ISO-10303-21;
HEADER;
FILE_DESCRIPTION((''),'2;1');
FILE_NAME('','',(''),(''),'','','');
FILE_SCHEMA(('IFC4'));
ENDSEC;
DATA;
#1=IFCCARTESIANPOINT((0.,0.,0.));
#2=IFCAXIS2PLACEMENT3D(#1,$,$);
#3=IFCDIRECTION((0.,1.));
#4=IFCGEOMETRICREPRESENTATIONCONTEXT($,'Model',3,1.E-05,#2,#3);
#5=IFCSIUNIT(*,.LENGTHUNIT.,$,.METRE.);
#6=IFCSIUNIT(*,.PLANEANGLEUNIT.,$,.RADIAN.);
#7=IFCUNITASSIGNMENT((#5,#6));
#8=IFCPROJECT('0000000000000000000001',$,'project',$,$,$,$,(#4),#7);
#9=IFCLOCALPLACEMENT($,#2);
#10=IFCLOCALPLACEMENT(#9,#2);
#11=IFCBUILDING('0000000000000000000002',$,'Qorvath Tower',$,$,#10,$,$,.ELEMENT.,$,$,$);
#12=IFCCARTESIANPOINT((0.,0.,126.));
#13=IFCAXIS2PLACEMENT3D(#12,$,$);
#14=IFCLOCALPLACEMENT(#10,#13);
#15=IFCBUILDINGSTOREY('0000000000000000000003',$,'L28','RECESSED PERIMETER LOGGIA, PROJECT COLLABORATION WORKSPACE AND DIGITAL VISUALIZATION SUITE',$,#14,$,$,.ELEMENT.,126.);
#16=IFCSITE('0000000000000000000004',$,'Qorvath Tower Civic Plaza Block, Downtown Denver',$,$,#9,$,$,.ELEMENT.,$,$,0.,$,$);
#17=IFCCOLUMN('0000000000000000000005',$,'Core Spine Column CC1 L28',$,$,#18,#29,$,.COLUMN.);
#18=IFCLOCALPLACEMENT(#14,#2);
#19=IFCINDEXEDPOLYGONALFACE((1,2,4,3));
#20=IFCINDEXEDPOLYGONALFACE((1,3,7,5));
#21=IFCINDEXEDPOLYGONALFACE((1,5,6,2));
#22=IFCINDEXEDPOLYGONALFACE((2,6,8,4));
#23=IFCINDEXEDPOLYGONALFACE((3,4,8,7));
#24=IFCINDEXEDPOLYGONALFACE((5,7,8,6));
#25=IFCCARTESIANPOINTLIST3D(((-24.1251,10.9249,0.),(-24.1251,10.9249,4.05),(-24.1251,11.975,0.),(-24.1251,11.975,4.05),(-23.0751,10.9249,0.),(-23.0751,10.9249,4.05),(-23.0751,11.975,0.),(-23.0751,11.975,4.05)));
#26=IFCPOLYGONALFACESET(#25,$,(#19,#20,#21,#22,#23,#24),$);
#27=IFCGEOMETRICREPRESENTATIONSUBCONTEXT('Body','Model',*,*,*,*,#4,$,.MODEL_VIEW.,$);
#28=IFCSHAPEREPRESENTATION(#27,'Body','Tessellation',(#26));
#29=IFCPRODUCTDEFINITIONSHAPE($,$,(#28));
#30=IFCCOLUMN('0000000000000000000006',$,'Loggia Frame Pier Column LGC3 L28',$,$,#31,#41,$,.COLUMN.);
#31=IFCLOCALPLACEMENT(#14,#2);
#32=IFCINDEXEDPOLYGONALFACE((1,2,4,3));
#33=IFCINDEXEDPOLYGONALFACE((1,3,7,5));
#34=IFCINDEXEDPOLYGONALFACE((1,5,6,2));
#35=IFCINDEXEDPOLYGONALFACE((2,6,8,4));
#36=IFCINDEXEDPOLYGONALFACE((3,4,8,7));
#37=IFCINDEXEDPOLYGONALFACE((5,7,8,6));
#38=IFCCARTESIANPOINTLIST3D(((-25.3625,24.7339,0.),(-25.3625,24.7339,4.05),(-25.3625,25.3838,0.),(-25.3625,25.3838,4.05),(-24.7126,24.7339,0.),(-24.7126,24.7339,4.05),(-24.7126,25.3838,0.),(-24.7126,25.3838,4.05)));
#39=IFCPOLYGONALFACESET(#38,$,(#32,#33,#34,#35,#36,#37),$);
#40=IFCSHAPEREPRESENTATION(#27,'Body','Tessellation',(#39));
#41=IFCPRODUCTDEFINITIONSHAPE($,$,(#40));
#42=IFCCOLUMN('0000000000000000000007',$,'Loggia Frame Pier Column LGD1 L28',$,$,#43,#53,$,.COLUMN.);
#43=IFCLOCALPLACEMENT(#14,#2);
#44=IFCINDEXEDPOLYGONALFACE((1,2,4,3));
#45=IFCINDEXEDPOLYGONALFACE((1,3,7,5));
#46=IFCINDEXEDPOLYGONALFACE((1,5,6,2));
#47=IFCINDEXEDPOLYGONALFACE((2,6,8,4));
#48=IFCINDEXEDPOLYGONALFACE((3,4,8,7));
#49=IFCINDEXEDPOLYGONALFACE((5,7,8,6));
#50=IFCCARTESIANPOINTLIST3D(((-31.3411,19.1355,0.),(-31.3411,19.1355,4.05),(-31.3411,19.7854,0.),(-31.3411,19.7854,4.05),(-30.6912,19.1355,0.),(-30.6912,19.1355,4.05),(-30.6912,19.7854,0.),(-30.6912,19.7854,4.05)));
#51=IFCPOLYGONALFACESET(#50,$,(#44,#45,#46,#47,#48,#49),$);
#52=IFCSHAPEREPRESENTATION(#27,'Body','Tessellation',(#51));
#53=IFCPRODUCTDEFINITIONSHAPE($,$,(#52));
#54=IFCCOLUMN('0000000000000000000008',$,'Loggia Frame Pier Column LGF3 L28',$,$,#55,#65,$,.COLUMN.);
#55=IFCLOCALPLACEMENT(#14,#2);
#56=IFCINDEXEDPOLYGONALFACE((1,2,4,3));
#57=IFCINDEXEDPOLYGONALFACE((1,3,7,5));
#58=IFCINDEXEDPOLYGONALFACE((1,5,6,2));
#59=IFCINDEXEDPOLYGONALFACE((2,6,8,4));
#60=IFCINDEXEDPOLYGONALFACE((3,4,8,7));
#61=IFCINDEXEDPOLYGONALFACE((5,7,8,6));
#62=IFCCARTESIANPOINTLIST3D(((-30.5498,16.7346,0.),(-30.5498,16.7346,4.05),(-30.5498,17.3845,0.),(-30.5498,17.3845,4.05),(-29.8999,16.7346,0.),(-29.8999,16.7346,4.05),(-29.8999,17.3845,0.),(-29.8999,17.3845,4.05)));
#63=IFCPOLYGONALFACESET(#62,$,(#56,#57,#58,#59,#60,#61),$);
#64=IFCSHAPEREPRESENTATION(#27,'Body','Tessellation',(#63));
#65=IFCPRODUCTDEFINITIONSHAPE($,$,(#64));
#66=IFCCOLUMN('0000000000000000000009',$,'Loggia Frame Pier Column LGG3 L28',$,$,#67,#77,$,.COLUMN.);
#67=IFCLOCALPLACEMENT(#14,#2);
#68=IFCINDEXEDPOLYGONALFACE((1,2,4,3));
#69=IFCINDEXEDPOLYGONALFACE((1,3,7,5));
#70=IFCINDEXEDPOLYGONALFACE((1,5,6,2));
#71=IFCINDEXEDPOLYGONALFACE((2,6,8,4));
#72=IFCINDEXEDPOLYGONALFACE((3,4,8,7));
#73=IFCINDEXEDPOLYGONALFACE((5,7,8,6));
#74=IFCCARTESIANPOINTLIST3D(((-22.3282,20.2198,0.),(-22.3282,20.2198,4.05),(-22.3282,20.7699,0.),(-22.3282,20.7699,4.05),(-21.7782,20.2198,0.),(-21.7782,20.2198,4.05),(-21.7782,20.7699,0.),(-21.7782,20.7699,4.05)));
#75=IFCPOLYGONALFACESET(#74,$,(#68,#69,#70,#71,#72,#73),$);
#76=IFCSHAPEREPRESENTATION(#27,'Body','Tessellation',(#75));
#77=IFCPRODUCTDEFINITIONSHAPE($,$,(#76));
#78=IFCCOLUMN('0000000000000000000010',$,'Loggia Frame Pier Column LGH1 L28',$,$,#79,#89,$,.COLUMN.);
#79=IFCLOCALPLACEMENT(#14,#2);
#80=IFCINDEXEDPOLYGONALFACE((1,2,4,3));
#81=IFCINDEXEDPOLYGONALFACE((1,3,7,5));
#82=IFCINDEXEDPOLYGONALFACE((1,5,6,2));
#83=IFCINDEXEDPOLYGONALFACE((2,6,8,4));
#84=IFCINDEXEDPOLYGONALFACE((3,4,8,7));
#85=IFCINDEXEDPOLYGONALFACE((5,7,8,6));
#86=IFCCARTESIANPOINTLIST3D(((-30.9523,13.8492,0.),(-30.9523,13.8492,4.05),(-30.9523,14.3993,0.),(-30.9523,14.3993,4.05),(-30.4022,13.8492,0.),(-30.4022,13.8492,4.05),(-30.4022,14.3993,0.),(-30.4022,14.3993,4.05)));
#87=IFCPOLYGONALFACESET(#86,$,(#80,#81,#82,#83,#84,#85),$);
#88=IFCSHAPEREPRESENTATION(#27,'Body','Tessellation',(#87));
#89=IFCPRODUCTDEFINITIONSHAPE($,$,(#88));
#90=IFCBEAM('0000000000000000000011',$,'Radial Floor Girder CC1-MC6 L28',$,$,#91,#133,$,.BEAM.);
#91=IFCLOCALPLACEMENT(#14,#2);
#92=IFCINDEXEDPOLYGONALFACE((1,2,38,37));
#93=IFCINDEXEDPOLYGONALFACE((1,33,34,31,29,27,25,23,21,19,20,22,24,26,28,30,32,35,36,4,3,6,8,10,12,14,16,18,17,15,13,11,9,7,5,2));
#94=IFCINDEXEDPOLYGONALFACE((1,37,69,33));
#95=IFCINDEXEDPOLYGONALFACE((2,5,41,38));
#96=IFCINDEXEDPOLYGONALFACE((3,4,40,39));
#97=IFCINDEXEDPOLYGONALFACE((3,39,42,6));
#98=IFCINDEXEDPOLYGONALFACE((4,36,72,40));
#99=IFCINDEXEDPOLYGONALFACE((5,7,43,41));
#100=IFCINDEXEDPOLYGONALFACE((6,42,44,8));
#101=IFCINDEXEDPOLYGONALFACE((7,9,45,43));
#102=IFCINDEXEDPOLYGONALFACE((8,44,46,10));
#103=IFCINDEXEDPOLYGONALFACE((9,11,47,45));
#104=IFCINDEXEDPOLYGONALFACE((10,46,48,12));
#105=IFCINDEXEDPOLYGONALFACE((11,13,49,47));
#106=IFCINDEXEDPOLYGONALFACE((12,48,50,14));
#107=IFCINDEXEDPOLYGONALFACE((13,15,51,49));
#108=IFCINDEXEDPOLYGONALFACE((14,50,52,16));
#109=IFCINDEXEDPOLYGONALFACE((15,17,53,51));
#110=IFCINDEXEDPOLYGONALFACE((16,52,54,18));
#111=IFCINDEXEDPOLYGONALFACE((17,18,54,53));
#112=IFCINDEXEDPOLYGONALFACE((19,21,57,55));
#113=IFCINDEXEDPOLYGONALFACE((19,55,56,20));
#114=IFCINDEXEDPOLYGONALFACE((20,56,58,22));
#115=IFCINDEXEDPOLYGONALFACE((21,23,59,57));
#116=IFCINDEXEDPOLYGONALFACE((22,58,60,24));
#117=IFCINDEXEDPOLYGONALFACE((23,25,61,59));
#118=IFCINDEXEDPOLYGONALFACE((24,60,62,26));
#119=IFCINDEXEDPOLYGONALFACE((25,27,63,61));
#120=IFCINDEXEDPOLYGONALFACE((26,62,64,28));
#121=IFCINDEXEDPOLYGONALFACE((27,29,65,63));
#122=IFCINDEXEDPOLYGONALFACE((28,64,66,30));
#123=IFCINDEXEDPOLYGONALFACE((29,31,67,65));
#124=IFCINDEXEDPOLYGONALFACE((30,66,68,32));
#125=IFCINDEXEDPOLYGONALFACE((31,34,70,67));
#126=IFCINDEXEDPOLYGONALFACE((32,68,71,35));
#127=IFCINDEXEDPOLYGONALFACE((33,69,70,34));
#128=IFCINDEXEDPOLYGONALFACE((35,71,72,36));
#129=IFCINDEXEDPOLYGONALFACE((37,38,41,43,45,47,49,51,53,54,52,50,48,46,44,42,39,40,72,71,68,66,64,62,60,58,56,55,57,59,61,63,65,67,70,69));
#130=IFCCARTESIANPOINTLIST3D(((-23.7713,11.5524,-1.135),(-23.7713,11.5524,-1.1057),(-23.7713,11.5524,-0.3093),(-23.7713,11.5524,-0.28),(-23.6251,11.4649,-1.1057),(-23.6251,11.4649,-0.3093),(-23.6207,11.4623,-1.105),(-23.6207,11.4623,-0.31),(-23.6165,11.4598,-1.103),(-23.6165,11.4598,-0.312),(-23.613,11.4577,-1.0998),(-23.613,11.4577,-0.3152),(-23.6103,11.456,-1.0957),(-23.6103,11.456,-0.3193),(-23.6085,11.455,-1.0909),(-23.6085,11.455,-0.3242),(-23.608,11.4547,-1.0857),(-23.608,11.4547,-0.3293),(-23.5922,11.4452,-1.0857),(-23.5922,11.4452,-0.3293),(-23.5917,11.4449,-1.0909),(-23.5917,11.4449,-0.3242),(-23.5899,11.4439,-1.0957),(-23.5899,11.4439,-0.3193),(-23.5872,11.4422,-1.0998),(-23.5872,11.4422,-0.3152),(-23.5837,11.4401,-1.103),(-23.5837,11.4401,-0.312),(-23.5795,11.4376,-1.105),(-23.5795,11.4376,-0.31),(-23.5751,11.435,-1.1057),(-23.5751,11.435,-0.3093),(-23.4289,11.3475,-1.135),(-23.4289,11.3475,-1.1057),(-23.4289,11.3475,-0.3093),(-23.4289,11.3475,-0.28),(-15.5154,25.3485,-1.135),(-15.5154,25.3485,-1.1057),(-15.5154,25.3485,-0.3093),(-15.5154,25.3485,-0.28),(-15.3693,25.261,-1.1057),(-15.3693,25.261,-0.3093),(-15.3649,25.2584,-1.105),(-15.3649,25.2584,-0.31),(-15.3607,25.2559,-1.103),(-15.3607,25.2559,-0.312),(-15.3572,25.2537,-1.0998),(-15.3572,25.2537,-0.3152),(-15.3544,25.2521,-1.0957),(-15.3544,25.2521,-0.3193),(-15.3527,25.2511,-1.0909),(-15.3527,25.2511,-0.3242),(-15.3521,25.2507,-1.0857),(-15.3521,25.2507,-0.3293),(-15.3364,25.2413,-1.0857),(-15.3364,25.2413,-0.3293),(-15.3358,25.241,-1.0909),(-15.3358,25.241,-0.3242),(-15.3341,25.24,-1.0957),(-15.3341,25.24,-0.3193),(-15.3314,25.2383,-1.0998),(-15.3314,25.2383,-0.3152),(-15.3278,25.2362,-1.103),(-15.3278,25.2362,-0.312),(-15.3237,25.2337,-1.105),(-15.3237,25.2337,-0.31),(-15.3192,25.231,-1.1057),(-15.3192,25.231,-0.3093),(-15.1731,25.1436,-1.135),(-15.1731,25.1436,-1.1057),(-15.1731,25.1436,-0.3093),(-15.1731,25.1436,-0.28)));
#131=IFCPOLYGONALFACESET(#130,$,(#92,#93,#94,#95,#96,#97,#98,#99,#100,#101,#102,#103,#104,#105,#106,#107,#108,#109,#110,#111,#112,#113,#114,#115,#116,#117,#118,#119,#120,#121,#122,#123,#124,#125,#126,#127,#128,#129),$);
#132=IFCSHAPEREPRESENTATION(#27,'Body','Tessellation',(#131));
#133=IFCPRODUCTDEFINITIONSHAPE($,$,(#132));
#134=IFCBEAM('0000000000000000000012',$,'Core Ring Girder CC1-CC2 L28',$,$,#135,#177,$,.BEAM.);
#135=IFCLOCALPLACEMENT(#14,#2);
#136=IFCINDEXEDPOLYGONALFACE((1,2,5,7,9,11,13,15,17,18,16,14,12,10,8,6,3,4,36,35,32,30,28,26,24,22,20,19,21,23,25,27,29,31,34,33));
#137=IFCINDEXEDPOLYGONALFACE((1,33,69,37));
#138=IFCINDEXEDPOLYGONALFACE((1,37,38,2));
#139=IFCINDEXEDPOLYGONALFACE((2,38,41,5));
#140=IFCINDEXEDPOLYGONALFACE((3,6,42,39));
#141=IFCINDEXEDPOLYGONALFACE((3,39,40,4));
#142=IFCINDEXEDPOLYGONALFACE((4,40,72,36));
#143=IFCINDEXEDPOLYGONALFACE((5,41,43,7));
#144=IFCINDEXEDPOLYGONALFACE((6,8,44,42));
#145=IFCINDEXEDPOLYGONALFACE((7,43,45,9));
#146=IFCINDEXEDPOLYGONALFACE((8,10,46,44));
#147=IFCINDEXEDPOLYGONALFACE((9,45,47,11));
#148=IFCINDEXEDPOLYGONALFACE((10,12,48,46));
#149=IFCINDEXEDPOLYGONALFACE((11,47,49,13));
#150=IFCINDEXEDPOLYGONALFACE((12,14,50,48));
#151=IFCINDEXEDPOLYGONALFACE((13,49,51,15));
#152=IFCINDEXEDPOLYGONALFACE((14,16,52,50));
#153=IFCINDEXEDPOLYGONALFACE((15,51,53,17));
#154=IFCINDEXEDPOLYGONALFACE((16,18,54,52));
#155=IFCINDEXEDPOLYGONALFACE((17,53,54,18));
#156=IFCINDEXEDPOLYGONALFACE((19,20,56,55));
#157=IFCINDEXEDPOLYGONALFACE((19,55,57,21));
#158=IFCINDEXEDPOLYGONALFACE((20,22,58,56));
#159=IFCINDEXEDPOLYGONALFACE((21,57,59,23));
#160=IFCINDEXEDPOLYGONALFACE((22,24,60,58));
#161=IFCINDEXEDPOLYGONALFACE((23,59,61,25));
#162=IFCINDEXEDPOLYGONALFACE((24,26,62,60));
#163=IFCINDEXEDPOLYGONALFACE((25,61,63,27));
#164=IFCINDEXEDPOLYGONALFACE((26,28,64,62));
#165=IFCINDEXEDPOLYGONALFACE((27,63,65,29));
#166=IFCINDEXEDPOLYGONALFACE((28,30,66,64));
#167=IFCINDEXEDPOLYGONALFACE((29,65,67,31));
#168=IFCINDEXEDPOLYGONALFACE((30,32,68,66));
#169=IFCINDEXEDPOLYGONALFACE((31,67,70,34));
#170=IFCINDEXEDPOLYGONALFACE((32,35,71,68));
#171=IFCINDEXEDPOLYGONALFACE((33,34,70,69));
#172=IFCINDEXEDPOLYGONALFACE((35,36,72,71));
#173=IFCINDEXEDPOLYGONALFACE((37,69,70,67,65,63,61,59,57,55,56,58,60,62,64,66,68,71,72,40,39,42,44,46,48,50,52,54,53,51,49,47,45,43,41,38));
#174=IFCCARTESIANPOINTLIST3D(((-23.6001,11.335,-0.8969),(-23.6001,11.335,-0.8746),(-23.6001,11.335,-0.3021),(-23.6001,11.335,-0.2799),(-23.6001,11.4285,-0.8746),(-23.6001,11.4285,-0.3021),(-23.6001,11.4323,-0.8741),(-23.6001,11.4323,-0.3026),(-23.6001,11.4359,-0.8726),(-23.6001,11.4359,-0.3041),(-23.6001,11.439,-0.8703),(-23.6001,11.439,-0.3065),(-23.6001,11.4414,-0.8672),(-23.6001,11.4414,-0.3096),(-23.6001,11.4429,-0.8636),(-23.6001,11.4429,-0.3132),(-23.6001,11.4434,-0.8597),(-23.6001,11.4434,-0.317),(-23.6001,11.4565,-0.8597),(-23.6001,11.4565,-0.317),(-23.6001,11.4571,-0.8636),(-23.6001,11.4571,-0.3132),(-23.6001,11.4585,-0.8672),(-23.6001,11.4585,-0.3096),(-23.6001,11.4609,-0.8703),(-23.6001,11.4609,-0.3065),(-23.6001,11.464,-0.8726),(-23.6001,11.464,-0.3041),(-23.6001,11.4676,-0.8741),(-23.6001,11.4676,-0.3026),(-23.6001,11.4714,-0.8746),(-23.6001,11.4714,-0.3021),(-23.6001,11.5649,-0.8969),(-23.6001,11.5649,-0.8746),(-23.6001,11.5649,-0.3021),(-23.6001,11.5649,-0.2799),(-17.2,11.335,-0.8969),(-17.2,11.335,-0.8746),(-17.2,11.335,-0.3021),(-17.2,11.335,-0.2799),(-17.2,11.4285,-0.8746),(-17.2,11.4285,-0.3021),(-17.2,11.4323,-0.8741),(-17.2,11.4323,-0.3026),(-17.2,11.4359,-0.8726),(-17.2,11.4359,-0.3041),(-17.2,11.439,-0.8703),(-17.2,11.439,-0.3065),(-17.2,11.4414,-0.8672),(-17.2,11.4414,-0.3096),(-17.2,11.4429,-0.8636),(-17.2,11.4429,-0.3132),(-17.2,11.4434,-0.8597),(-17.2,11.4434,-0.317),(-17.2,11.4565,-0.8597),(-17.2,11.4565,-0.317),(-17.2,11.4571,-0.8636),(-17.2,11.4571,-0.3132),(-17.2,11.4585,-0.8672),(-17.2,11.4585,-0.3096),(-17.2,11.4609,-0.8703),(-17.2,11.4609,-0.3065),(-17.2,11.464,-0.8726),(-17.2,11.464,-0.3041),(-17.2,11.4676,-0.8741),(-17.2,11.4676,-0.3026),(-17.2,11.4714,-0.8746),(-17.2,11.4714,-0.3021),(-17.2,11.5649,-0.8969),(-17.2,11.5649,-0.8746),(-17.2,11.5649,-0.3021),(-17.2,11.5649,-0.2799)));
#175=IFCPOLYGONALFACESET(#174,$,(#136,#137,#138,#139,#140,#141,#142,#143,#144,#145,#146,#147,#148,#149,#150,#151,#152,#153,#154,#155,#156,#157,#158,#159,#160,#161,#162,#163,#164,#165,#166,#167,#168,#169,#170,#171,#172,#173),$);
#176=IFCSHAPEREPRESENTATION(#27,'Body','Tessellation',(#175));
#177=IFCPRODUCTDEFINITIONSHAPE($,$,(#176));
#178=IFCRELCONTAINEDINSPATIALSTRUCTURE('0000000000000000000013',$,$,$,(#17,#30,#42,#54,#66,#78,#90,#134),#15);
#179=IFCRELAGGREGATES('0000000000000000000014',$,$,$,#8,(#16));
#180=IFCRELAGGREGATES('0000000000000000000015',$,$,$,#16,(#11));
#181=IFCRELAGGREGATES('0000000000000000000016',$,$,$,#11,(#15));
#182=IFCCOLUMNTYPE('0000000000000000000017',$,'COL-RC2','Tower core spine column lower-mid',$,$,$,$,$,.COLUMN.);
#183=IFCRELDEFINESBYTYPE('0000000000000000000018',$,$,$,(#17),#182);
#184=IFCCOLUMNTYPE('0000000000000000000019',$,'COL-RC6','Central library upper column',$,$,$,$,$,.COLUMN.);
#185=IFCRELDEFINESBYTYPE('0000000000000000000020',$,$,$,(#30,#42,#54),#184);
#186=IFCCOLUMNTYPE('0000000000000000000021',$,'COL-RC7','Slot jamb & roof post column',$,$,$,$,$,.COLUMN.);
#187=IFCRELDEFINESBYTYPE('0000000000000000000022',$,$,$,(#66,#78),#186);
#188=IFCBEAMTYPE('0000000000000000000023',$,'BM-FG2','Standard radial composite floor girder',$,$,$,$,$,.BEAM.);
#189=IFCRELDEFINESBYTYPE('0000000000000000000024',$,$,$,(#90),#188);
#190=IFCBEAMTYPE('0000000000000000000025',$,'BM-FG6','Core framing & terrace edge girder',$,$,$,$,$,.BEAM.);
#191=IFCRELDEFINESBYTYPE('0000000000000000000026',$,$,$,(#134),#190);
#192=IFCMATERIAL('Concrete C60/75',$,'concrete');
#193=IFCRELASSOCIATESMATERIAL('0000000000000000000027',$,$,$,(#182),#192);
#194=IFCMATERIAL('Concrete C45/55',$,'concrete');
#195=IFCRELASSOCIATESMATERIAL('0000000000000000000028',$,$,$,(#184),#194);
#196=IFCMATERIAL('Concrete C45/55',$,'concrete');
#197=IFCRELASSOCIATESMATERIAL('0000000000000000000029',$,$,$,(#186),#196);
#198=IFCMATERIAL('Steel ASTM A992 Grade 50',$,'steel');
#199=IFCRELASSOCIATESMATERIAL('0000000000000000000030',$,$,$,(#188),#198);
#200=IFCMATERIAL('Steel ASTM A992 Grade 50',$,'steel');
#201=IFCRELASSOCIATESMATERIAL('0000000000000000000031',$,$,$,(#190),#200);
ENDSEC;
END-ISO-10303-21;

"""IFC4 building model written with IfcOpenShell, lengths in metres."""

from ifc_helpers import new_model, si_unit, direction, frame, origin, origin_2d, place, context, subcontext, project, spatial, rectangle, i_section, extrude, material, material_profile, profile_set, type_object, element, save


model = new_model("IFC4")

# Units and contexts
model_context = context("Model", 3, precision=1e-05, world=origin(), true_north=direction((0.0, 1.0)))
body_context = subcontext(model_context, "Body", "Model", "MODEL_VIEW")
ifc_project = project(units=[si_unit("LENGTHUNIT", "METRE"), si_unit("PLANEANGLEUNIT", "RADIAN")], contexts=[model_context])

# Site, building, storey
site_placement = place(None, origin())
site = spatial("IfcSite", under=ifc_project, at=site_placement, Name="Qorvath Tower Civic Plaza Block, Downtown Denver", CompositionType="ELEMENT", RefElevation=0.0)
building_placement = place(site_placement, origin())
building = spatial("IfcBuilding", under=site, at=building_placement, Name="Qorvath Tower", CompositionType="ELEMENT")
storey_placement = place(building_placement, frame((0.0, 0.0, 126.0)))
storey = spatial("IfcBuildingStorey", under=building, at=storey_placement, Name="L28", Description="RECESSED PERIMETER LOGGIA, PROJECT COLLABORATION WORKSPACE AND DIGITAL VISUALIZATION SUITE", CompositionType="ELEMENT", Elevation=126.0)

# Columns
ifc_material_1 = material(Name="Concrete C60/75", Category="concrete")
ifc_material_profile_1 = material_profile(ifc_material_1, rectangle(XDim=1.05, YDim=1.05, at=origin_2d()), Name="RC 1050x1050")
ifc_profile_set_1 = profile_set([ifc_material_profile_1], Name="Concrete C60/75")
column_type_1 = type_object("IfcColumnType", Name="COL-RC2", Description="Tower core spine column lower-mid", PredefinedType="COLUMN", material=ifc_profile_set_1)
column_placement = place(storey_placement, frame((-23.6001, 11.45, 0.0), z_axis=(0.0, 0.0, 1.0), x_axis=(1.0, 0.0, 0.0)))
element("IfcColumn", 1, at=column_placement, inside=storey, type_object=column_type_1, Name="Core Spine Column CC1 L28", PredefinedType="COLUMN", context=body_context, shape_type="SweptSolid", body=[
    extrude(rectangle(XDim=1.05, YDim=1.05, at=origin_2d()), origin(), (0.0, 0.0, 1.0), 4.05),
])
ifc_material_2 = material(Name="Concrete C45/55", Category="concrete")
ifc_material_profile_2 = material_profile(ifc_material_2, rectangle(XDim=0.6499, YDim=0.6499, at=origin_2d()), Name="RC 650x650")
ifc_profile_set_2 = profile_set([ifc_material_profile_2], Name="Concrete C45/55")
column_type_2 = type_object("IfcColumnType", Name="COL-RC6", Description="Central library upper column", PredefinedType="COLUMN", material=ifc_profile_set_2)
for number, where, z_axis, x_axis, name in (
    (2, (-25.0376, 25.0588, 0.0), (0.0, 0.0, 1.0), (1.0, 0.0, 0.0), "Loggia Frame Pier Column LGC3 L28"),
    (3, (-31.0161, 19.4604, 0.0), (0.0, 0.0, 1.0), (1.0, 0.0, 0.0), "Loggia Frame Pier Column LGD1 L28"),
    (4, (-30.2249, 17.0596, 0.0), (0.0, 0.0, 1.0), (1.0, 0.0, 0.0), "Loggia Frame Pier Column LGF3 L28"),
):
    element("IfcColumn", number, at=place(storey_placement, frame(where, z_axis=z_axis, x_axis=x_axis)), inside=storey, type_object=column_type_2, Name=name, PredefinedType="COLUMN", context=body_context, shape_type="SweptSolid", body=[
        extrude(rectangle(XDim=0.6499, YDim=0.6499, at=origin_2d()), origin(), (0.0, 0.0, 1.0), 4.05),
    ])
ifc_material_3 = material(Name="Concrete C45/55", Category="concrete")
ifc_material_profile_3 = material_profile(ifc_material_3, rectangle(XDim=0.55, YDim=0.55, at=origin_2d()), Name="RC 550x550")
ifc_profile_set_3 = profile_set([ifc_material_profile_3], Name="Concrete C45/55")
column_type_3 = type_object("IfcColumnType", Name="COL-RC7", Description="Slot jamb & roof post column", PredefinedType="COLUMN", material=ifc_profile_set_3)
for number, where, z_axis, x_axis, name in (
    (5, (-22.0532, 20.4949, 0.0), (0.0, 0.0, 1.0), (1.0, 0.0, 0.0), "Loggia Frame Pier Column LGG3 L28"),
    (6, (-30.6772, 14.1243, 0.0), (0.0, 0.0, 1.0), (1.0, 0.0, 0.0), "Loggia Frame Pier Column LGH1 L28"),
):
    element("IfcColumn", number, at=place(storey_placement, frame(where, z_axis=z_axis, x_axis=x_axis)), inside=storey, type_object=column_type_3, Name=name, PredefinedType="COLUMN", context=body_context, shape_type="SweptSolid", body=[
        extrude(rectangle(XDim=0.55, YDim=0.55, at=origin_2d()), origin(), (0.0, 0.0, 1.0), 4.05),
    ])

# Beams
ifc_material_4 = material(Name="Steel ASTM A992 Grade 50", Category="steel")
ifc_material_profile_4 = material_profile(ifc_material_4, i_section(OverallWidth=0.3989, OverallDepth=0.855, WebThickness=0.0183, FlangeThickness=0.0293, FilletRadius=0.02, at=origin_2d()), Name="W33x201")
ifc_profile_set_4 = profile_set([ifc_material_profile_4], Name="Steel ASTM A992 Grade 50")
beam_type_1 = type_object("IfcBeamType", Name="BM-FG2", Description="Standard radial composite floor girder", PredefinedType="BEAM", material=ifc_profile_set_4)
beam_1_placement = place(storey_placement, frame((-23.6001, 11.45, -0.7075), z_axis=(0.513497, 0.858091, 0.0), x_axis=(-0.858091, 0.513497, 0.0)))
element("IfcBeam", 7, at=beam_1_placement, inside=storey, type_object=beam_type_1, Name="Radial Floor Girder CC1-MC6 L28", PredefinedType="BEAM", context=body_context, shape_type="SweptSolid", body=[
    extrude(i_section(OverallWidth=0.3989, OverallDepth=0.855, WebThickness=0.0183, FlangeThickness=0.0293, FilletRadius=0.02, at=origin_2d()), origin(), (0.0, 0.0, 1.0), 16.0776),
])
ifc_material_5 = material(Name="Steel ASTM A992 Grade 50", Category="steel")
ifc_material_profile_5 = material_profile(ifc_material_5, i_section(OverallWidth=0.23, OverallDepth=0.6169, WebThickness=0.0132, FlangeThickness=0.0222, FilletRadius=0.0149, at=origin_2d()), Name="W24x94")
ifc_profile_set_5 = profile_set([ifc_material_profile_5], Name="Steel ASTM A992 Grade 50")
beam_type_2 = type_object("IfcBeamType", Name="BM-FG6", Description="Core framing & terrace edge girder", PredefinedType="BEAM", material=ifc_profile_set_5)
beam_2_placement = place(storey_placement, frame((-23.6001, 11.45, -0.5884), z_axis=(1.0, 0.0, 0.0), x_axis=(0.0, 1.0, 0.0)))
element("IfcBeam", 8, at=beam_2_placement, inside=storey, type_object=beam_type_2, Name="Core Ring Girder CC1-CC2 L28", PredefinedType="BEAM", context=body_context, shape_type="SweptSolid", body=[
    extrude(i_section(OverallWidth=0.23, OverallDepth=0.6169, WebThickness=0.0132, FlangeThickness=0.0222, FilletRadius=0.0149, at=origin_2d()), origin(), (0.0, 0.0, 1.0), 6.4001),
])

save(model, "model.ifc")
